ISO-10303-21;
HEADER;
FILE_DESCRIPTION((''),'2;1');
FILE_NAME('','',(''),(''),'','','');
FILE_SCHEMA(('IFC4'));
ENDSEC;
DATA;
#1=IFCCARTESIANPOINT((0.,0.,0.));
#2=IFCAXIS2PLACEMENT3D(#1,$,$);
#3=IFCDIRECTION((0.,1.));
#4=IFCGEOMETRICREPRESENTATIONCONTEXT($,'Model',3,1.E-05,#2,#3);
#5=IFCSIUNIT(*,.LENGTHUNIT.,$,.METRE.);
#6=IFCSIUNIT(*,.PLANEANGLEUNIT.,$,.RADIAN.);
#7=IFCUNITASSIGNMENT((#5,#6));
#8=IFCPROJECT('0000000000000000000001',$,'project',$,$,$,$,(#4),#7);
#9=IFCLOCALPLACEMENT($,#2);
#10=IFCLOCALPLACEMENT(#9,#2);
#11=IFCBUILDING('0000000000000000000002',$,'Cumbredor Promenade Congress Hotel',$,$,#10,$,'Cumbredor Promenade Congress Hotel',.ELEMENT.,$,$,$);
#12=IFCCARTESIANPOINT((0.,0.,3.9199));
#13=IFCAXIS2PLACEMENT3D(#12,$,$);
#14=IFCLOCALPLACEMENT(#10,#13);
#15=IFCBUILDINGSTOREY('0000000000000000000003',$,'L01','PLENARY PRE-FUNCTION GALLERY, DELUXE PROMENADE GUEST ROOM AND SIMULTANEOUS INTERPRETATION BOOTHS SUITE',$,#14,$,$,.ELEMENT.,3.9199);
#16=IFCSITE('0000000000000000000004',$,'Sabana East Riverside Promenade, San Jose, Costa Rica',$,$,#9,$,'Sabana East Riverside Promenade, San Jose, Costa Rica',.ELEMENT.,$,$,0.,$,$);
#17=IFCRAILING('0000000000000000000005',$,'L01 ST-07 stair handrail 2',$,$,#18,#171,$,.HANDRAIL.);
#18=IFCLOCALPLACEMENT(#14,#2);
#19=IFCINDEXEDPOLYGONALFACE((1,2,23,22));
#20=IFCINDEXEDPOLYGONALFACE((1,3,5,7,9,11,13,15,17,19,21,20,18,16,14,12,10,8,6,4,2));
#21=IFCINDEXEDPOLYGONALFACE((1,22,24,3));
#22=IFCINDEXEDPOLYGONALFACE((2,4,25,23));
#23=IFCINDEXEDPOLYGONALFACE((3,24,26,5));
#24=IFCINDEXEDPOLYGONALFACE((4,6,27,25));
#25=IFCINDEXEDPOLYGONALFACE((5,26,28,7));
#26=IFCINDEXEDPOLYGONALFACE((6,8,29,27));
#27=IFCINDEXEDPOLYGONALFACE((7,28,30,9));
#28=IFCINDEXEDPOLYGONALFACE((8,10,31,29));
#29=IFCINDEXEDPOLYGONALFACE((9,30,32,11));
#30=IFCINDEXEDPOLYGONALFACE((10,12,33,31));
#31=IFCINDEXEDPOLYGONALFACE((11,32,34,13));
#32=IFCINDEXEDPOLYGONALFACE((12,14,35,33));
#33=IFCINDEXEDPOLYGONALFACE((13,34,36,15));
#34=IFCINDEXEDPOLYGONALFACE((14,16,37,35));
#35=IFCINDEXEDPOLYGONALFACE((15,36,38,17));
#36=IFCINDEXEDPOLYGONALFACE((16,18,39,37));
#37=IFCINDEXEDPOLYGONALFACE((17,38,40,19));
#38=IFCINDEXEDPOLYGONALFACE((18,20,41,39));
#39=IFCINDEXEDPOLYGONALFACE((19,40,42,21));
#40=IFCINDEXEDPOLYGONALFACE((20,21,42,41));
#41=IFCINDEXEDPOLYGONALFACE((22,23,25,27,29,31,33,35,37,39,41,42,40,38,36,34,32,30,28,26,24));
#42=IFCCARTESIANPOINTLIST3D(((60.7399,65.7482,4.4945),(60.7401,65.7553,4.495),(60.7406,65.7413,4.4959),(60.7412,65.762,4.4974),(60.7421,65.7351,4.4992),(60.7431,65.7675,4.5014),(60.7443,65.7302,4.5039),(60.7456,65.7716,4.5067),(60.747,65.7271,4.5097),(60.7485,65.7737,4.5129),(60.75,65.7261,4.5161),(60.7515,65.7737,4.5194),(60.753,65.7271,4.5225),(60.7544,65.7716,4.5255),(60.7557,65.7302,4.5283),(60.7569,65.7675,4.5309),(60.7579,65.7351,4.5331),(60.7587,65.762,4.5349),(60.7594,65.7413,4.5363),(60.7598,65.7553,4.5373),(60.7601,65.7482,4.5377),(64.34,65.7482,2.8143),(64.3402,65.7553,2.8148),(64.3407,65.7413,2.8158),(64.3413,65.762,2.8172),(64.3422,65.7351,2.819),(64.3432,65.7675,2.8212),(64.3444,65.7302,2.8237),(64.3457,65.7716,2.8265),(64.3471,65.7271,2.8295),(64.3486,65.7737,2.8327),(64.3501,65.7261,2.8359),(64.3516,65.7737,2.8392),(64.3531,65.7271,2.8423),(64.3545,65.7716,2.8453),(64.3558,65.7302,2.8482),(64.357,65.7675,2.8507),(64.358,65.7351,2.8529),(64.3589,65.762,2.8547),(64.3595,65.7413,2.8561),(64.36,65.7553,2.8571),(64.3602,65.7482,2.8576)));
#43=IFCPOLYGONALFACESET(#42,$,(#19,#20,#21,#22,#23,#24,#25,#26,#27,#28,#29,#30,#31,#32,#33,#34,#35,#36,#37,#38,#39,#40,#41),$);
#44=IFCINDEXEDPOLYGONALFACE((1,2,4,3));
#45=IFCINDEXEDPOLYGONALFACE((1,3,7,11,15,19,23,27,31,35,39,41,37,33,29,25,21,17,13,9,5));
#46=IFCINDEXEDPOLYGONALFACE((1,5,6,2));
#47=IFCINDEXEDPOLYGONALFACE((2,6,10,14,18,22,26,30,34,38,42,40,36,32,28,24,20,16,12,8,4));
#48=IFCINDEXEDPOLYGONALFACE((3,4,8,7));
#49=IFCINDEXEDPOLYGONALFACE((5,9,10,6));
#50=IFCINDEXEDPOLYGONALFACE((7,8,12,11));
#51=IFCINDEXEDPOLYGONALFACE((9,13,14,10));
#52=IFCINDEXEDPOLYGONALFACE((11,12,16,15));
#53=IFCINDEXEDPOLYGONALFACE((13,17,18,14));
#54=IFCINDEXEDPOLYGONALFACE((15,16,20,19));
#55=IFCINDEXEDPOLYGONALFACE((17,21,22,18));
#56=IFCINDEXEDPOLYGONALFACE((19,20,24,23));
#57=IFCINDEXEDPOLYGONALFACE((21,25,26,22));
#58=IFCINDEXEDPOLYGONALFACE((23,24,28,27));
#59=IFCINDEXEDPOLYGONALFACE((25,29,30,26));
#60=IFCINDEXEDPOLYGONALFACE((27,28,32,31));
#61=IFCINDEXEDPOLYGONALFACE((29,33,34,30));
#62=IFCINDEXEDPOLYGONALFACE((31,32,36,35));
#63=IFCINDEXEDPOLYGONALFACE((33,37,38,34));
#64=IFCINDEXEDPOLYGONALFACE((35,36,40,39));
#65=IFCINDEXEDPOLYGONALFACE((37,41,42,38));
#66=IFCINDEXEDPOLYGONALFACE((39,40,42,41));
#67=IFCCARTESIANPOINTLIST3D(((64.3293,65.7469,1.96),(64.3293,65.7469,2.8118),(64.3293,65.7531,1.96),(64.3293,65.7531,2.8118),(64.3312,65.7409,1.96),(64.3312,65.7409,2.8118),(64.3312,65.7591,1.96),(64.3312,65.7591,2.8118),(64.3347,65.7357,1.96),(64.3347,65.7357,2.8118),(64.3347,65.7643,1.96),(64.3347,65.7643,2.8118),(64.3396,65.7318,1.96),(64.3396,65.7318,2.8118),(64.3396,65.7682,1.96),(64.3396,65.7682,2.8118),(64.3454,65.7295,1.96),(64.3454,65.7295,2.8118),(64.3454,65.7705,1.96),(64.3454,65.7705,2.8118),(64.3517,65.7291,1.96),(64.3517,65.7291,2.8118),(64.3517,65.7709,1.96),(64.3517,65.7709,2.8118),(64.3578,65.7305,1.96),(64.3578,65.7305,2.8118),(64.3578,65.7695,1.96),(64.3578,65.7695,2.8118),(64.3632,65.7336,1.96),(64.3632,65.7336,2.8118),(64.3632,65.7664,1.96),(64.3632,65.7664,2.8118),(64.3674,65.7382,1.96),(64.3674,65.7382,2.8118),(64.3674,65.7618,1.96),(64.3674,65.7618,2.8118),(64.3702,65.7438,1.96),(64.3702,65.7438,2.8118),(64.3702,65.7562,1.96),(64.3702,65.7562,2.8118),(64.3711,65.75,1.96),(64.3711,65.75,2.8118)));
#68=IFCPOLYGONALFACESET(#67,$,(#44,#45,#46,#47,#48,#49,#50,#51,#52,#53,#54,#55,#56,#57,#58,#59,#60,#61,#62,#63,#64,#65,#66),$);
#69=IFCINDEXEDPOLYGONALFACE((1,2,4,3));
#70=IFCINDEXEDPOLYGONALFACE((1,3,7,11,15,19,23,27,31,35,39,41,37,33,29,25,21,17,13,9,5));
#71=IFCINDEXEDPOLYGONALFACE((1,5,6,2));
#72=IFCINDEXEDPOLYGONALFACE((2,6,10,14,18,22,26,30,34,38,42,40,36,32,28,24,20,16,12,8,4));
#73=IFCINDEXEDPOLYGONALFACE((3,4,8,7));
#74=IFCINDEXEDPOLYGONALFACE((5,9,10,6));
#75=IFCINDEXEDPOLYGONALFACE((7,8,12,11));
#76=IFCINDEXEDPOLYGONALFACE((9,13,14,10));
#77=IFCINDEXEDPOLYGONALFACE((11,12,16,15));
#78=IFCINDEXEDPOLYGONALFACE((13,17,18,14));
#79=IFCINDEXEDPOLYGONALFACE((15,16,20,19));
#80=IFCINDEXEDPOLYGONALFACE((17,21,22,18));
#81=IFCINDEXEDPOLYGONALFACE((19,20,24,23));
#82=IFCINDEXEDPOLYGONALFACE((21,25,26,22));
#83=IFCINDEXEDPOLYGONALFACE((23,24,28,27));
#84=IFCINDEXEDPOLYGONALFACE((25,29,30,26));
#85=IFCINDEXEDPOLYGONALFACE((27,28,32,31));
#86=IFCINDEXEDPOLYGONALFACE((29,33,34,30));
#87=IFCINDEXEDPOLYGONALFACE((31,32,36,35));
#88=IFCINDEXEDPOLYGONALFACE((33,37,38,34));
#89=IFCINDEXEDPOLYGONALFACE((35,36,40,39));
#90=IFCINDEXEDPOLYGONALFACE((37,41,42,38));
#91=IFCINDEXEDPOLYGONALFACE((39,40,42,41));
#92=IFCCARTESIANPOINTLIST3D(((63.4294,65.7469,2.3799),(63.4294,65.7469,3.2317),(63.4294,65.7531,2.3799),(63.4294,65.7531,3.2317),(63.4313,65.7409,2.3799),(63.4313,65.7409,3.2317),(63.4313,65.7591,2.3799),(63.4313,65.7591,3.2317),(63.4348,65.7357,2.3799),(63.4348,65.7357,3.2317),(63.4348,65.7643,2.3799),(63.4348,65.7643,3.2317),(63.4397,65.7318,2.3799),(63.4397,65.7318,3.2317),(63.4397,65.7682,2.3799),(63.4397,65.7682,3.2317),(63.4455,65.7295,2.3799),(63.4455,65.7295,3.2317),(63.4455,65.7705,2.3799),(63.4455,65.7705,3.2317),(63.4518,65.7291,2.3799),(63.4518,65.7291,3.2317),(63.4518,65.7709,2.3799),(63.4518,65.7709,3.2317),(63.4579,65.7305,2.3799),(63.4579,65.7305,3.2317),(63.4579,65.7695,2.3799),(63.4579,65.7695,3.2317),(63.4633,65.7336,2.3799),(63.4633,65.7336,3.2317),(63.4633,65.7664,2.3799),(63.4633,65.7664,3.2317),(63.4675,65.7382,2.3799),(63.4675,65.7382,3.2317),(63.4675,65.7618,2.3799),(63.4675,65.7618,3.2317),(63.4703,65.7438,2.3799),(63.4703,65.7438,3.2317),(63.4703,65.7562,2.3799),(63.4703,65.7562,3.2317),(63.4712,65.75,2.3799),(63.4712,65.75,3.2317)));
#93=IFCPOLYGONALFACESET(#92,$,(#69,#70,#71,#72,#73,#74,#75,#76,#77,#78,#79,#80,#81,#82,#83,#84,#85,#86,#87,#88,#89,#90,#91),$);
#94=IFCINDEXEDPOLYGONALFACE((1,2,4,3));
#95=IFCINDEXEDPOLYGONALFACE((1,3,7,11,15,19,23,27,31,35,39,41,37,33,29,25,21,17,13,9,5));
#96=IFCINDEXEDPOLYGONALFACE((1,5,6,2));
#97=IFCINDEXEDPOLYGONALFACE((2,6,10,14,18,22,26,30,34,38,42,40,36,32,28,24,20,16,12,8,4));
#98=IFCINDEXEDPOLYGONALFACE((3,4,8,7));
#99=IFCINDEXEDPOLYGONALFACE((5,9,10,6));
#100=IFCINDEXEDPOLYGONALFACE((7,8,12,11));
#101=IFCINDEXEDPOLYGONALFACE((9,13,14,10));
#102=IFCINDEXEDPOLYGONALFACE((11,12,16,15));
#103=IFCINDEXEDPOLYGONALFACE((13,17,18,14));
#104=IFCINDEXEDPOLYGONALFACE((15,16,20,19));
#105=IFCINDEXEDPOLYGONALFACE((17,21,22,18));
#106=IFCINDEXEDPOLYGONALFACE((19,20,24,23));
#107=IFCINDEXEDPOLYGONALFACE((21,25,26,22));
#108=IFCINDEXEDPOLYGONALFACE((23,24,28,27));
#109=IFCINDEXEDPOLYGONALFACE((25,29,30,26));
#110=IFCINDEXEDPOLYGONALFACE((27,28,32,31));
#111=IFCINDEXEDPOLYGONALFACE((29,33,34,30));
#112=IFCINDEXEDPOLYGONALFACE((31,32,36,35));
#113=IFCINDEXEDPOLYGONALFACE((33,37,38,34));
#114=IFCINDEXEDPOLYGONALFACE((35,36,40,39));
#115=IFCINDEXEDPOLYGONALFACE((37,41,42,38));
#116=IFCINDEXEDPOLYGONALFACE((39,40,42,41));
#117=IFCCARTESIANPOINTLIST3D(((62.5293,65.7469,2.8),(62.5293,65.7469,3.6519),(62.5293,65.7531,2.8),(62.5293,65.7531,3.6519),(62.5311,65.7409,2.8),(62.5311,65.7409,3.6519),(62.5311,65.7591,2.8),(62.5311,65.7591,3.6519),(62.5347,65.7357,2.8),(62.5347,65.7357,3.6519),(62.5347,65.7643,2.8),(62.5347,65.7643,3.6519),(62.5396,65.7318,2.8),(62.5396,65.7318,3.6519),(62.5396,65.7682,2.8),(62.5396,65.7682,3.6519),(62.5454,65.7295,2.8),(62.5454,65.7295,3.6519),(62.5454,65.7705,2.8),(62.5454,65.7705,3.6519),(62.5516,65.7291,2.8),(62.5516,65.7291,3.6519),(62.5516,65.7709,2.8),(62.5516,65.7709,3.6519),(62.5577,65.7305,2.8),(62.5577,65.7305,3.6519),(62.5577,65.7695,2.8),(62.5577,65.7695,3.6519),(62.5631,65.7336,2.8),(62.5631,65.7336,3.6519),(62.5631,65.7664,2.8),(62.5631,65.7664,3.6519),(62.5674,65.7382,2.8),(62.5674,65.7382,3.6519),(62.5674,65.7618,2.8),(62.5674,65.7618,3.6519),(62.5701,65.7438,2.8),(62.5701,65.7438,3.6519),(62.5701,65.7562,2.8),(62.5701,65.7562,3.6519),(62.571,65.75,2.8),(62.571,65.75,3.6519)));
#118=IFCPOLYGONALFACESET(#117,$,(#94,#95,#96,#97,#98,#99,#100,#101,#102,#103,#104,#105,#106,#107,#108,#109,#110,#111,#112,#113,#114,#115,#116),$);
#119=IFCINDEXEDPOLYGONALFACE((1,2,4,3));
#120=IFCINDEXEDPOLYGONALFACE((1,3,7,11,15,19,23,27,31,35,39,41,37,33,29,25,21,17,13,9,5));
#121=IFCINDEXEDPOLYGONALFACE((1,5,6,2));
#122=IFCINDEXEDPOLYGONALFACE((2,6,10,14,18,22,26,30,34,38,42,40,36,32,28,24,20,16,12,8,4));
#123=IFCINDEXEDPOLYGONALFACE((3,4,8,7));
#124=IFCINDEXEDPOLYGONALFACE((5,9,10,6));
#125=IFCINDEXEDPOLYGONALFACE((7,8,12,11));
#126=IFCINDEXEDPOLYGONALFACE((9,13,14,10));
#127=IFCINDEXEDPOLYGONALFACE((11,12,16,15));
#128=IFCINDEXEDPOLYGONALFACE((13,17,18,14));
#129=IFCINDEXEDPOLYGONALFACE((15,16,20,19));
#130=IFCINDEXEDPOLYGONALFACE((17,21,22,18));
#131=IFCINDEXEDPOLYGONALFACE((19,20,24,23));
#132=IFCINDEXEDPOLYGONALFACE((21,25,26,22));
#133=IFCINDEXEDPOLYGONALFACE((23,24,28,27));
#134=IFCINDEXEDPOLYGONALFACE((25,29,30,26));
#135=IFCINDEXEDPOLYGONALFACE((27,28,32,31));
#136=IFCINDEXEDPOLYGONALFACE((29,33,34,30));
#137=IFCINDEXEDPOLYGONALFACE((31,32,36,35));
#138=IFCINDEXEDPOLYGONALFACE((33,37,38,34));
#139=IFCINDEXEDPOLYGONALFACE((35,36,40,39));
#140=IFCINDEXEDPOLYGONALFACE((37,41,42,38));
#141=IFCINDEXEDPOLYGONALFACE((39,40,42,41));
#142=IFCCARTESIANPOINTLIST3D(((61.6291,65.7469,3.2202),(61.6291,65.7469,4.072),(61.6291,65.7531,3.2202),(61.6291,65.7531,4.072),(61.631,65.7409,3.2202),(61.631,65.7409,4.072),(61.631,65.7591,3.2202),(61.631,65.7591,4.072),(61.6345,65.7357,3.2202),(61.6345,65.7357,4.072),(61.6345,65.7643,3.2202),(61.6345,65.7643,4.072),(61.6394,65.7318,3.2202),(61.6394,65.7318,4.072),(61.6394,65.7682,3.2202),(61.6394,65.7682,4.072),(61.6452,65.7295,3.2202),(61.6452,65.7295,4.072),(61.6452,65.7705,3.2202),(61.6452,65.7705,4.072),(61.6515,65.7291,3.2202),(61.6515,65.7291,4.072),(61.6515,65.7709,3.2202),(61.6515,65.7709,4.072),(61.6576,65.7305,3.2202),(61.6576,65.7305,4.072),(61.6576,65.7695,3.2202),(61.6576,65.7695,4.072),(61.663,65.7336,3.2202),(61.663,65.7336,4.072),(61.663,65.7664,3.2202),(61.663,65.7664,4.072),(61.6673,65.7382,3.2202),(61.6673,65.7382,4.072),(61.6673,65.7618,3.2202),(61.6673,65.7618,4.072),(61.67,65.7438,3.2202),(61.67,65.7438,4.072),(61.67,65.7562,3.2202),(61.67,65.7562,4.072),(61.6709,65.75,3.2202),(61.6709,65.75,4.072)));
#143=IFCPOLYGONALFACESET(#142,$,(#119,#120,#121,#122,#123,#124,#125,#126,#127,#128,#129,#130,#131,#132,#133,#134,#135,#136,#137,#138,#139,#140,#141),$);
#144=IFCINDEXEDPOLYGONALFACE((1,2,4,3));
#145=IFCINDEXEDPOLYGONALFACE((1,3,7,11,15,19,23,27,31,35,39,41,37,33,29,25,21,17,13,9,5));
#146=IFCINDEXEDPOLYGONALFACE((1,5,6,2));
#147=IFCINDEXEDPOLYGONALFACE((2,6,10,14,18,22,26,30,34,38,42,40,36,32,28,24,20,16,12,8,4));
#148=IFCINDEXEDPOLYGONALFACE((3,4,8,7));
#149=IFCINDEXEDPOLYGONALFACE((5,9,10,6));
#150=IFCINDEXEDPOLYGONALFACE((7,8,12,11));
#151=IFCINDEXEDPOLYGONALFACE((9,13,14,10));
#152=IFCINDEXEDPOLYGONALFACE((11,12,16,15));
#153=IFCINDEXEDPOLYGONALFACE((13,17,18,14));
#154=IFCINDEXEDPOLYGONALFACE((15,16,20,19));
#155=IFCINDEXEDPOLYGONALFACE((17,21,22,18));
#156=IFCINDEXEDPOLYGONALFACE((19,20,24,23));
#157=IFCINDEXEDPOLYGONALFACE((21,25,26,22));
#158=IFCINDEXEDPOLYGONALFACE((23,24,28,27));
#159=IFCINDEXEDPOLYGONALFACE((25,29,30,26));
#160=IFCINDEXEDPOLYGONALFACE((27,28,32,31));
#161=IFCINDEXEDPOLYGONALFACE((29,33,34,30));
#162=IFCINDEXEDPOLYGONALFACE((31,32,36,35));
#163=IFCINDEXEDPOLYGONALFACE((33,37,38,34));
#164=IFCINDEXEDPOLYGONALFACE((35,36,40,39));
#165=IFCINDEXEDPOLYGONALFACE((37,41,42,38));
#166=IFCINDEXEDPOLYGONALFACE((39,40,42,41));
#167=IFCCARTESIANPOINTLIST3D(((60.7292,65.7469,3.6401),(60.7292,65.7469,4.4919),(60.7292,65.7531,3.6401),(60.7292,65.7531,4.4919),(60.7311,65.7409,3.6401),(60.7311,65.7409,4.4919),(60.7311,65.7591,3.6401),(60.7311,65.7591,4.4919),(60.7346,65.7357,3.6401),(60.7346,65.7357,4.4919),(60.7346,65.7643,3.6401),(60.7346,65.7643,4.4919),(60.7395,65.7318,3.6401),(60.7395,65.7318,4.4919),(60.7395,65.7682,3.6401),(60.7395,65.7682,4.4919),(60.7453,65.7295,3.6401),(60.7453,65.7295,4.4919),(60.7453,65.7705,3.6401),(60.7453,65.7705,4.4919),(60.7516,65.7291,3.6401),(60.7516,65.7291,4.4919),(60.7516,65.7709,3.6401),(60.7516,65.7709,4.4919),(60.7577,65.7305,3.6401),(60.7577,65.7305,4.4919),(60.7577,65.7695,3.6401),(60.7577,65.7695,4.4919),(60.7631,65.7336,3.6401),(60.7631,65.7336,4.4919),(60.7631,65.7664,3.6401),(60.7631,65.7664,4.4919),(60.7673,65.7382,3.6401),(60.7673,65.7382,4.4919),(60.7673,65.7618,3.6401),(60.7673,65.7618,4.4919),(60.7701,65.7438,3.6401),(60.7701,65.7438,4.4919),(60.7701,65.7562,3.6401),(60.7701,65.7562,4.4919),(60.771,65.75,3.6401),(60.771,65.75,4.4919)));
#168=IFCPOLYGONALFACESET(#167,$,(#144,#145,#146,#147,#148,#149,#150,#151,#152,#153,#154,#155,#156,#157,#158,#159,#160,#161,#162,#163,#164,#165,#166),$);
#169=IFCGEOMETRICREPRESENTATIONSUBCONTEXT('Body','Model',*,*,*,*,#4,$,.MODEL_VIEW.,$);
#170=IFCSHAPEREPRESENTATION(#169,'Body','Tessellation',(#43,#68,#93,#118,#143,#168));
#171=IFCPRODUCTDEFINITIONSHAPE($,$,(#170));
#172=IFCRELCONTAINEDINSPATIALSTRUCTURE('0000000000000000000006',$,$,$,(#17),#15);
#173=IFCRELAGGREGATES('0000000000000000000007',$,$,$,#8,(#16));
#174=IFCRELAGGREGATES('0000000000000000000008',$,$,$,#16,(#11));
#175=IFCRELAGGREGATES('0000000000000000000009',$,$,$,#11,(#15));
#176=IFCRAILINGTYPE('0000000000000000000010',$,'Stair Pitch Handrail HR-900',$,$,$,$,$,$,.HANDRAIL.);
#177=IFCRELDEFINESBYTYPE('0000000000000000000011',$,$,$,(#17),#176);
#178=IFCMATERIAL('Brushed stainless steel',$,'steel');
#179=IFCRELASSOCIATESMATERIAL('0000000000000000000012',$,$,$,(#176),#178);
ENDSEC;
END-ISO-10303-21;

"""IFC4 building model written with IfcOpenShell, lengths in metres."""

from ifc_helpers import new_model, si_unit, direction, frame, origin, origin_2d, place, context, subcontext, project, spatial, circle, extrude, material, type_object, element, save


model = new_model("IFC4")

# Units and contexts
model_context = context("Model", 3, precision=1e-05, world=origin(), true_north=direction((0.0, 1.0)))
body_context = subcontext(model_context, "Body", "Model", "MODEL_VIEW")
ifc_project = project(units=[si_unit("LENGTHUNIT", "METRE"), si_unit("PLANEANGLEUNIT", "RADIAN")], contexts=[model_context])

# Site, building, storey
site_placement = place(None, origin())
site = spatial("IfcSite", under=ifc_project, at=site_placement, Name="Sabana East Riverside Promenade, San Jose, Costa Rica", LongName="Sabana East Riverside Promenade, San Jose, Costa Rica", CompositionType="ELEMENT", RefElevation=0.0)
building_placement = place(site_placement, origin())
building = spatial("IfcBuilding", under=site, at=building_placement, Name="Cumbredor Promenade Congress Hotel", LongName="Cumbredor Promenade Congress Hotel", CompositionType="ELEMENT")
storey_placement = place(building_placement, frame((0.0, 0.0, 3.9199)))
storey = spatial("IfcBuildingStorey", under=building, at=storey_placement, Name="L01", Description="PLENARY PRE-FUNCTION GALLERY, DELUXE PROMENADE GUEST ROOM AND SIMULTANEOUS INTERPRETATION BOOTHS SUITE", CompositionType="ELEMENT", Elevation=3.9199)

# Railing
ifc_material_1 = material(Name="Brushed stainless steel", Category="steel")
railing_type_1 = type_object("IfcRailingType", Name="Stair Pitch Handrail HR-900", PredefinedType="HANDRAIL", material=ifc_material_1)
railing_1_placement = place(storey_placement, frame((64.3501, 65.75, 1.96)))
element("IfcRailing", 1, at=railing_1_placement, inside=storey, type_object=railing_type_1, Name="L01 ST-07 stair handrail 2", PredefinedType="HANDRAIL", context=body_context, shape_type="SweptSolid", body=[
    extrude(circle(Radius=0.0239, at=origin_2d()), frame((0.0, 0.0, 0.876), z_axis=(-0.906171, 0.0, 0.422912), x_axis=(0.0, -1.0, 0.0)), (0.0, 0.0, 1.0), 3.9729),
    extrude(circle(Radius=0.021, at=origin_2d()), origin(), (0.0, 0.0, 1.0), 0.8518),
    extrude(circle(Radius=0.021, at=origin_2d()), frame((-0.8999, 0.0, 0.4199)), (0.0, 0.0, 1.0), 0.8518),
    extrude(circle(Radius=0.021, at=origin_2d()), frame((-1.8, 0.0, 0.8401)), (0.0, 0.0, 1.0), 0.8518),
    extrude(circle(Radius=0.021, at=origin_2d()), frame((-2.7002, 0.0, 1.2603)), (0.0, 0.0, 1.0), 0.8518),
    extrude(circle(Radius=0.021, at=origin_2d()), frame((-3.6001, 0.0, 1.6802)), (0.0, 0.0, 1.0), 0.8518),
])

save(model, "model.ifc")
